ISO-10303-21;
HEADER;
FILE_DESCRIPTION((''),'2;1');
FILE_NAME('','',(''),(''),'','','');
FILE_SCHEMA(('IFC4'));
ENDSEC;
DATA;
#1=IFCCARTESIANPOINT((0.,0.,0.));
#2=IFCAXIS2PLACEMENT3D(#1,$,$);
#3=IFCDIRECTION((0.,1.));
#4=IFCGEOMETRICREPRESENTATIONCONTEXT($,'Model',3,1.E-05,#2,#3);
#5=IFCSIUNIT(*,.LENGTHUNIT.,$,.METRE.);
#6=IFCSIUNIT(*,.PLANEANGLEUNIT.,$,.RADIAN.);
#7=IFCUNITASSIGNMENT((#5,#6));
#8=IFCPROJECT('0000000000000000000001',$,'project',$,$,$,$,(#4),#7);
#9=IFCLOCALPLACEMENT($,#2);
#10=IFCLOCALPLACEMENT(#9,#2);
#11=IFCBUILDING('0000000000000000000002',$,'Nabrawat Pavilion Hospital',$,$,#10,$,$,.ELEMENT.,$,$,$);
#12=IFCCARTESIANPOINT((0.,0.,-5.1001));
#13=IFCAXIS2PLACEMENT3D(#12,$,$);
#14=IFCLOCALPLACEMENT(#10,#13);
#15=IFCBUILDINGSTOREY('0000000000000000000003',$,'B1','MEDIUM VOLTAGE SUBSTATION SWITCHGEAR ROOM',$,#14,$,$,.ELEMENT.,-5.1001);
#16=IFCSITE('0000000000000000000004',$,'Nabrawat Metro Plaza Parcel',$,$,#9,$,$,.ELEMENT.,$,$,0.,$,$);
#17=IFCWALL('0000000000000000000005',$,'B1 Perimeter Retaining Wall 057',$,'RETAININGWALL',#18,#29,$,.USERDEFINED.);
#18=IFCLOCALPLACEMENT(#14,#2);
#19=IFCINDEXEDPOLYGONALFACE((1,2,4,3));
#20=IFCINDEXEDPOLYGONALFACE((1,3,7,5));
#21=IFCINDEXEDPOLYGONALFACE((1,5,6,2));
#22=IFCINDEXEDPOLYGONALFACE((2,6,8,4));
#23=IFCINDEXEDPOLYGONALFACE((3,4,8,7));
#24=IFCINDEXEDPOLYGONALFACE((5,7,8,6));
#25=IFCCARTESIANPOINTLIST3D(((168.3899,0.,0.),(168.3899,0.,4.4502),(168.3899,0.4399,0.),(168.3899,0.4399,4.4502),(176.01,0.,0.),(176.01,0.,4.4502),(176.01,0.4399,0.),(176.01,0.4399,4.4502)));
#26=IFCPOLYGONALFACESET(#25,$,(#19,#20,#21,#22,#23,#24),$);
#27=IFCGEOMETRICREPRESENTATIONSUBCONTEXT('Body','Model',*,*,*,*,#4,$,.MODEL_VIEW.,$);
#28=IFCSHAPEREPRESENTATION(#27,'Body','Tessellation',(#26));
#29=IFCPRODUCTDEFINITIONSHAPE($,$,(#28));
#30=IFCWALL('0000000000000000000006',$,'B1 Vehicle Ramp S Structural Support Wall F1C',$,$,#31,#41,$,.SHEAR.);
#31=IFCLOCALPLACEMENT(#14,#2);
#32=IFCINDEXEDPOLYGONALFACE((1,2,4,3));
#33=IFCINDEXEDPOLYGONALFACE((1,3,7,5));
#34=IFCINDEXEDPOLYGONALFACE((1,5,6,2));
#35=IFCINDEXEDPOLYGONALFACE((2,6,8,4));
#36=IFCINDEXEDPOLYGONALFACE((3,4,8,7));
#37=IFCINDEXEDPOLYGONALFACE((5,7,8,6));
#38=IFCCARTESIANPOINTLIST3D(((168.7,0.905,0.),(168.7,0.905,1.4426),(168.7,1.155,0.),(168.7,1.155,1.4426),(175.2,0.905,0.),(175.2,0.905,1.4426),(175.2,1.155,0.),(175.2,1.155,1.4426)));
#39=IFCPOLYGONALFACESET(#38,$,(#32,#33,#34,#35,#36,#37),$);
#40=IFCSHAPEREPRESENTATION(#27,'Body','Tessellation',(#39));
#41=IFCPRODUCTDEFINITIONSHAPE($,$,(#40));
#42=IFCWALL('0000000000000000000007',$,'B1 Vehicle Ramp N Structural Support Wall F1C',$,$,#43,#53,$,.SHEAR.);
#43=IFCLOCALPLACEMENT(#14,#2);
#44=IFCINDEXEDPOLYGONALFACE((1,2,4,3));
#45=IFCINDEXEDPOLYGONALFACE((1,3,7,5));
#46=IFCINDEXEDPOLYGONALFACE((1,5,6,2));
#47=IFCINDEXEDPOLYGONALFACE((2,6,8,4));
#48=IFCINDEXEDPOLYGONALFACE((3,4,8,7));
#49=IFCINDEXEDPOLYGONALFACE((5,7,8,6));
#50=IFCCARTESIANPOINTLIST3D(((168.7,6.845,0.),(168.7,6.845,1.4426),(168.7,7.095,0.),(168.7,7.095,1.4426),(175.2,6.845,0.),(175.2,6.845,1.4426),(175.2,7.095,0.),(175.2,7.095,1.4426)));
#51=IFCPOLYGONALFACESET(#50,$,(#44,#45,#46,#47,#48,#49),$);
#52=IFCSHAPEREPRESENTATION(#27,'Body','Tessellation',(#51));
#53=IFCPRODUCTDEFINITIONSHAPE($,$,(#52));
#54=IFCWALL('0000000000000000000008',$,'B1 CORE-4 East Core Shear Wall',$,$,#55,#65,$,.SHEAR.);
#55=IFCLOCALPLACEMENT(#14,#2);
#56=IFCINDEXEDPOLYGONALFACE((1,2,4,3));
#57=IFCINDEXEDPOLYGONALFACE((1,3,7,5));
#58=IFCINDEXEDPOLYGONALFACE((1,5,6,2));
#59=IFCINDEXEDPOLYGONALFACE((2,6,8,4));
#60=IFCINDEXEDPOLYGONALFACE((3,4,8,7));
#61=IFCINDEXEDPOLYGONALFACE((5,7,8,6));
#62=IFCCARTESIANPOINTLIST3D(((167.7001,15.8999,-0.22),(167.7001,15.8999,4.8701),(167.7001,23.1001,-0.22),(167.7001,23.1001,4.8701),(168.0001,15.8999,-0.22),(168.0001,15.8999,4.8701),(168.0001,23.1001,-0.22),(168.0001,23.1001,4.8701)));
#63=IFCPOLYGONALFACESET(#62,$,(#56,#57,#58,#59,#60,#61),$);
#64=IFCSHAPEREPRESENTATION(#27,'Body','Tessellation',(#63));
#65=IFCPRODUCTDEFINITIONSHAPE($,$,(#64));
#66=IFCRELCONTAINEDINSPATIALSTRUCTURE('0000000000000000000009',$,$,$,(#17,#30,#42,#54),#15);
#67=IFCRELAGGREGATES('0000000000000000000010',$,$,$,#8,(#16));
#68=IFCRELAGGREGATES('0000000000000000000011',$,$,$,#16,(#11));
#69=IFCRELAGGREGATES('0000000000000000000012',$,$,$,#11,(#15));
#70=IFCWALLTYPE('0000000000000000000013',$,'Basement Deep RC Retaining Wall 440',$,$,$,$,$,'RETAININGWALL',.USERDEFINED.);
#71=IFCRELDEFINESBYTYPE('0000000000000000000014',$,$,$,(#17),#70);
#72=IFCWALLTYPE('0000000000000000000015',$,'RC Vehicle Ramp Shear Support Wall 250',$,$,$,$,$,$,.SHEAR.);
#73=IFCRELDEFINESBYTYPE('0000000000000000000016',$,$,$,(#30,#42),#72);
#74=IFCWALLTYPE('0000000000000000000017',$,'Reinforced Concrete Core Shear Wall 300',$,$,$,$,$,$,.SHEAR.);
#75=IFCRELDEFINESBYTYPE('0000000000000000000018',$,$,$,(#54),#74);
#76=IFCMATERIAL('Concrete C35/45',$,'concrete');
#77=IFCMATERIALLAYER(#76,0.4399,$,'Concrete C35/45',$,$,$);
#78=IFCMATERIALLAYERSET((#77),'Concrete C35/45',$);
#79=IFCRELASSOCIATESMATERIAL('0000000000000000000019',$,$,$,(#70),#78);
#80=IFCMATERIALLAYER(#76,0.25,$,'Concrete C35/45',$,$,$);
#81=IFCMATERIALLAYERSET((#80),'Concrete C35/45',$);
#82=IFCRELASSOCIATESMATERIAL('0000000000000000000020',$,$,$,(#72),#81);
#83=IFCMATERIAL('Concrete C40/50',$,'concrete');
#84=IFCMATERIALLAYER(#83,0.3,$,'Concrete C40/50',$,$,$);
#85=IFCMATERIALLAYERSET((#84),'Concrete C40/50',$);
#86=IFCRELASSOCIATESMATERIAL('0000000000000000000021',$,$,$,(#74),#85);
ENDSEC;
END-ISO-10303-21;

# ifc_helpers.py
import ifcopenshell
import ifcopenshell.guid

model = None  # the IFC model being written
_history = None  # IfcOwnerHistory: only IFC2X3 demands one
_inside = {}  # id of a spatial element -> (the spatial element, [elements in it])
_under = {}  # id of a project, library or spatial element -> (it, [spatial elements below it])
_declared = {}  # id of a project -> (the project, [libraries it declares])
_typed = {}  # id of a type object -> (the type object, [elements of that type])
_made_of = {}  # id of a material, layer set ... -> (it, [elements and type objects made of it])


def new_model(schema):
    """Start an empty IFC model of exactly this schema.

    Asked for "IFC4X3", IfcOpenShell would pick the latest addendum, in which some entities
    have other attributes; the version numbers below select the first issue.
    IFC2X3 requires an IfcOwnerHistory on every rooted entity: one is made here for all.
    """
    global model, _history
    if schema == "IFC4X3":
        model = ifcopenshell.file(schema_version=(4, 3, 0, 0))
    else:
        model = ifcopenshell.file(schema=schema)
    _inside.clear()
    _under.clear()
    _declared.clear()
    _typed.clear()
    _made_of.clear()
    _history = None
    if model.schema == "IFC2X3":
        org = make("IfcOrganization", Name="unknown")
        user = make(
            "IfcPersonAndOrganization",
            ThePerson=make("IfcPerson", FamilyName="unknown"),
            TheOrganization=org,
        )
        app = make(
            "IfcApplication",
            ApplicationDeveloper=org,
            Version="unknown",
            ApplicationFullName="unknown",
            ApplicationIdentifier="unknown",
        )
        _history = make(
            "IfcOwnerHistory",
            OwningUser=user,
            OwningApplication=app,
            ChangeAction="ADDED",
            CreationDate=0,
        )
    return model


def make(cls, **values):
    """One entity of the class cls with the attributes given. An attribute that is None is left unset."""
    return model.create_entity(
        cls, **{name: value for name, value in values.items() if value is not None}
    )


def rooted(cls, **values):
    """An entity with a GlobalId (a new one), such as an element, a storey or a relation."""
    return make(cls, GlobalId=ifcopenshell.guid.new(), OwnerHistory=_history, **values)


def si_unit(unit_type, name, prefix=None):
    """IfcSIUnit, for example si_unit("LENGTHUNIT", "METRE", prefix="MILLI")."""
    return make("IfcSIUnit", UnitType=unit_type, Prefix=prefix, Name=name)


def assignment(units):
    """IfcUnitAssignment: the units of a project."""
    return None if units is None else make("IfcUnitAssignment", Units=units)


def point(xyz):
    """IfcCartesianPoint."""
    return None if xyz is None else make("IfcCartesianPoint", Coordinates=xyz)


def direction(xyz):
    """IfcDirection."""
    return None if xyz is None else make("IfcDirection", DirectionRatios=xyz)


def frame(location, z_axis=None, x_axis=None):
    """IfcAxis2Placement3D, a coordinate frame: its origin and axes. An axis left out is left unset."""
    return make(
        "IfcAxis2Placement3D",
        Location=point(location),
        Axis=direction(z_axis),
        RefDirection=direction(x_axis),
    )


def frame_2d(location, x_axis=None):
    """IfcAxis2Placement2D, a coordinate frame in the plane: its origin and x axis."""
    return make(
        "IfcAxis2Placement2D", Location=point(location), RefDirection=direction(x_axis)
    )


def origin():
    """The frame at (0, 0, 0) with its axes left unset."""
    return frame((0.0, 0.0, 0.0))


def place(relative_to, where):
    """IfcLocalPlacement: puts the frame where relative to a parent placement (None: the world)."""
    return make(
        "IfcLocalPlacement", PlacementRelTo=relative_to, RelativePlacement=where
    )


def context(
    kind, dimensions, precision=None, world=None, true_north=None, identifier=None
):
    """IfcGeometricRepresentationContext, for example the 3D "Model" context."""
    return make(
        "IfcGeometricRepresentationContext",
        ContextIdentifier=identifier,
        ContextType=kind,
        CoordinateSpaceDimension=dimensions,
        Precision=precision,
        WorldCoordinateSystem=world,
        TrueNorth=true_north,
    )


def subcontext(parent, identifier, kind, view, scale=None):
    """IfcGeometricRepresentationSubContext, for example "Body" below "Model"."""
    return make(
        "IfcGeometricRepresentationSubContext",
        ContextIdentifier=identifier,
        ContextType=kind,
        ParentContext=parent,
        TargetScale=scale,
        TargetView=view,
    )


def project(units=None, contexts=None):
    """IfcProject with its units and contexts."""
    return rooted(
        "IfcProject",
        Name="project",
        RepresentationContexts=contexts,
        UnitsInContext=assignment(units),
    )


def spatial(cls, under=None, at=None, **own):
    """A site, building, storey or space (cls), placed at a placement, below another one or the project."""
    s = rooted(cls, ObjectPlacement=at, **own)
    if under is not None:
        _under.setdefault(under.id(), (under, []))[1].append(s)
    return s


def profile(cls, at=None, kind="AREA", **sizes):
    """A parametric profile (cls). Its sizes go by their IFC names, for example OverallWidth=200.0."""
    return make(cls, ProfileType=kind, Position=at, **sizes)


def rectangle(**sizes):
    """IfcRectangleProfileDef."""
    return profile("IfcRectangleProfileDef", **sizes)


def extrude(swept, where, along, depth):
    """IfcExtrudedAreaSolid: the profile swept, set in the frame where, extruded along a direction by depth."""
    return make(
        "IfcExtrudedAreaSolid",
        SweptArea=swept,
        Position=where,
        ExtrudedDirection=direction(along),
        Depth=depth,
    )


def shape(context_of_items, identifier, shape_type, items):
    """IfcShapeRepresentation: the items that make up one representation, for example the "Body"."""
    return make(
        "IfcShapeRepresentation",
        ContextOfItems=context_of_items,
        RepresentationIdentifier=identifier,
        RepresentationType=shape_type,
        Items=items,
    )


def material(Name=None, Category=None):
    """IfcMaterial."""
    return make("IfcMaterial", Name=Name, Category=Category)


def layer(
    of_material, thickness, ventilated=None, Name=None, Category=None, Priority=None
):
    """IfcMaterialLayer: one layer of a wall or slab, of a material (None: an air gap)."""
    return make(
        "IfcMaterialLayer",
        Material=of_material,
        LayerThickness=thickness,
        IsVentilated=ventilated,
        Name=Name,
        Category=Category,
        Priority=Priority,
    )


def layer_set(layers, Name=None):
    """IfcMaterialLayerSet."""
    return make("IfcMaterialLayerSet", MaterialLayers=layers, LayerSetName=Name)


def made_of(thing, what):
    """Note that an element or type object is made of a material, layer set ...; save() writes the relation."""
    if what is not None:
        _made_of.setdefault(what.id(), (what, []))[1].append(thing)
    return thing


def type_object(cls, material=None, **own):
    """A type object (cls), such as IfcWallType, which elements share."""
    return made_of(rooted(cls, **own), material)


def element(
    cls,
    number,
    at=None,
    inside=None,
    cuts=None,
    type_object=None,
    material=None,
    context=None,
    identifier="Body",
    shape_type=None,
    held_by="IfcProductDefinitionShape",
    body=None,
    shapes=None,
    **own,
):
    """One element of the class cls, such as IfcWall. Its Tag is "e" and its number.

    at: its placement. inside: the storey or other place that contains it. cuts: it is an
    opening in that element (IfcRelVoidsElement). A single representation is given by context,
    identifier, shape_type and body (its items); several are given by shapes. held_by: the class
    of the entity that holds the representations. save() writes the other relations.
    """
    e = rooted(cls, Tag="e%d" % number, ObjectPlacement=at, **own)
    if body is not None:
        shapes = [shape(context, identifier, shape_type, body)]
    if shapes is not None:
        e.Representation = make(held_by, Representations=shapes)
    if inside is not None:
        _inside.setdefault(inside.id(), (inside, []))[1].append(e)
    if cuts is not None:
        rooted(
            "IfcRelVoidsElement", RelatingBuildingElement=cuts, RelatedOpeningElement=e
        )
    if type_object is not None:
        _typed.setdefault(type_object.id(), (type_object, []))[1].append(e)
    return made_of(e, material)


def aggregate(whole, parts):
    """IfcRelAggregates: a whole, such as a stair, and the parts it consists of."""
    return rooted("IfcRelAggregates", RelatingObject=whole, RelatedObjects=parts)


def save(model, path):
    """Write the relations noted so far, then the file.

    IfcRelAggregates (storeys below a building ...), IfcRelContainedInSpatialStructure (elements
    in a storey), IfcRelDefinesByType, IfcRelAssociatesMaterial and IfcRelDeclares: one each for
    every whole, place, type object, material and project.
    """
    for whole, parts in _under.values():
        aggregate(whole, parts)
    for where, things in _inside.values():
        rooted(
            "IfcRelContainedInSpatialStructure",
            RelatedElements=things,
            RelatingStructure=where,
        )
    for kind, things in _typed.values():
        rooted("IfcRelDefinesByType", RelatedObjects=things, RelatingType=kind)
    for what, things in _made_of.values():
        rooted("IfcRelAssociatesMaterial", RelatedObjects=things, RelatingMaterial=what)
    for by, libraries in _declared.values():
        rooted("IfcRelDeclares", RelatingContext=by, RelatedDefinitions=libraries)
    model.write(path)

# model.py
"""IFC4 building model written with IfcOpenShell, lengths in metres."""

from ifc_helpers import new_model, si_unit, direction, frame, frame_2d, origin, place, context, subcontext, project, spatial, rectangle, extrude, material, layer, layer_set, type_object, element, save


model = new_model("IFC4")

# Units and contexts
model_context = context("Model", 3, precision=1e-05, world=origin(), true_north=direction((0.0, 1.0)))
body_context = subcontext(model_context, "Body", "Model", "MODEL_VIEW")
ifc_project = project(units=[si_unit("LENGTHUNIT", "METRE"), si_unit("PLANEANGLEUNIT", "RADIAN")], contexts=[model_context])

# Site, building, storey
site_placement = place(None, origin())
site = spatial("IfcSite", under=ifc_project, at=site_placement, Name="Nabrawat Metro Plaza Parcel", CompositionType="ELEMENT", RefElevation=0.0)
building_placement = place(site_placement, origin())
building = spatial("IfcBuilding", under=site, at=building_placement, Name="Nabrawat Pavilion Hospital", CompositionType="ELEMENT")
storey_placement = place(building_placement, frame((0.0, 0.0, -5.1001)))
storey = spatial("IfcBuildingStorey", under=building, at=storey_placement, Name="B1", Description="MEDIUM VOLTAGE SUBSTATION SWITCHGEAR ROOM", CompositionType="ELEMENT", Elevation=-5.1001)

# Shared definitions
ifc_material_1 = material(Name="Concrete C35/45", Category="concrete")

# Shared definitions
ifc_material_2 = material(Name="Concrete C40/50", Category="concrete")

# Walls
ifc_layer_1 = layer(ifc_material_1, 0.4399, Name="Concrete C35/45")
ifc_layer_set_1 = layer_set([ifc_layer_1], Name="Concrete C35/45")
wall_type_1 = type_object("IfcWallType", Name="Basement Deep RC Retaining Wall 440", ElementType="RETAININGWALL", PredefinedType="USERDEFINED", material=ifc_layer_set_1)
wall_1_placement = place(storey_placement, frame((168.3899, 0.22, 0.0), z_axis=(0.0, 0.0, 1.0), x_axis=(1.0, 0.0, 0.0)))
element("IfcWall", 1, at=wall_1_placement, inside=storey, type_object=wall_type_1, Name="B1 Perimeter Retaining Wall 057", ObjectType="RETAININGWALL", PredefinedType="USERDEFINED", context=body_context, shape_type="SweptSolid", body=[
    extrude(rectangle(XDim=7.6201, YDim=0.4399, at=frame_2d((3.8101, 0.0))), origin(), (0.0, 0.0, 1.0), 4.4502),
])
ifc_layer_2 = layer(ifc_material_1, 0.25, Name="Concrete C35/45")
ifc_layer_set_2 = layer_set([ifc_layer_2], Name="Concrete C35/45")
wall_type_2 = type_object("IfcWallType", Name="RC Vehicle Ramp Shear Support Wall 250", PredefinedType="SHEAR", material=ifc_layer_set_2)
for number, where, z_axis, x_axis, name in (
    (2, (168.7, 1.03, 0.0), (0.0, 0.0, 1.0), (1.0, 0.0, 0.0), "B1 Vehicle Ramp S Structural Support Wall F1C"),
    (3, (168.7, 6.97, 0.0), (0.0, 0.0, 1.0), (1.0, 0.0, 0.0), "B1 Vehicle Ramp N Structural Support Wall F1C"),
):
    element("IfcWall", number, at=place(storey_placement, frame(where, z_axis=z_axis, x_axis=x_axis)), inside=storey, type_object=wall_type_2, Name=name, PredefinedType="SHEAR", context=body_context, shape_type="SweptSolid", body=[
        extrude(rectangle(XDim=6.5, YDim=0.25, at=frame_2d((3.25, 0.0))), origin(), (0.0, 0.0, 1.0), 1.4426),
    ])
ifc_layer_3 = layer(ifc_material_2, 0.3, Name="Concrete C40/50")
ifc_layer_set_3 = layer_set([ifc_layer_3], Name="Concrete C40/50")
wall_type_3 = type_object("IfcWallType", Name="Reinforced Concrete Core Shear Wall 300", PredefinedType="SHEAR", material=ifc_layer_set_3)
wall_2_placement = place(storey_placement, frame((167.8501, 15.8999, -0.22), z_axis=(0.0, 0.0, 1.0), x_axis=(0.0, 1.0, 0.0)))
element("IfcWall", 4, at=wall_2_placement, inside=storey, type_object=wall_type_3, Name="B1 CORE-4 East Core Shear Wall", PredefinedType="SHEAR", context=body_context, shape_type="SweptSolid", body=[
    extrude(rectangle(XDim=7.2002, YDim=0.3, at=frame_2d((3.6001, 0.0))), origin(), (0.0, 0.0, 1.0), 5.0901),
])

save(model, "model.ifc")
